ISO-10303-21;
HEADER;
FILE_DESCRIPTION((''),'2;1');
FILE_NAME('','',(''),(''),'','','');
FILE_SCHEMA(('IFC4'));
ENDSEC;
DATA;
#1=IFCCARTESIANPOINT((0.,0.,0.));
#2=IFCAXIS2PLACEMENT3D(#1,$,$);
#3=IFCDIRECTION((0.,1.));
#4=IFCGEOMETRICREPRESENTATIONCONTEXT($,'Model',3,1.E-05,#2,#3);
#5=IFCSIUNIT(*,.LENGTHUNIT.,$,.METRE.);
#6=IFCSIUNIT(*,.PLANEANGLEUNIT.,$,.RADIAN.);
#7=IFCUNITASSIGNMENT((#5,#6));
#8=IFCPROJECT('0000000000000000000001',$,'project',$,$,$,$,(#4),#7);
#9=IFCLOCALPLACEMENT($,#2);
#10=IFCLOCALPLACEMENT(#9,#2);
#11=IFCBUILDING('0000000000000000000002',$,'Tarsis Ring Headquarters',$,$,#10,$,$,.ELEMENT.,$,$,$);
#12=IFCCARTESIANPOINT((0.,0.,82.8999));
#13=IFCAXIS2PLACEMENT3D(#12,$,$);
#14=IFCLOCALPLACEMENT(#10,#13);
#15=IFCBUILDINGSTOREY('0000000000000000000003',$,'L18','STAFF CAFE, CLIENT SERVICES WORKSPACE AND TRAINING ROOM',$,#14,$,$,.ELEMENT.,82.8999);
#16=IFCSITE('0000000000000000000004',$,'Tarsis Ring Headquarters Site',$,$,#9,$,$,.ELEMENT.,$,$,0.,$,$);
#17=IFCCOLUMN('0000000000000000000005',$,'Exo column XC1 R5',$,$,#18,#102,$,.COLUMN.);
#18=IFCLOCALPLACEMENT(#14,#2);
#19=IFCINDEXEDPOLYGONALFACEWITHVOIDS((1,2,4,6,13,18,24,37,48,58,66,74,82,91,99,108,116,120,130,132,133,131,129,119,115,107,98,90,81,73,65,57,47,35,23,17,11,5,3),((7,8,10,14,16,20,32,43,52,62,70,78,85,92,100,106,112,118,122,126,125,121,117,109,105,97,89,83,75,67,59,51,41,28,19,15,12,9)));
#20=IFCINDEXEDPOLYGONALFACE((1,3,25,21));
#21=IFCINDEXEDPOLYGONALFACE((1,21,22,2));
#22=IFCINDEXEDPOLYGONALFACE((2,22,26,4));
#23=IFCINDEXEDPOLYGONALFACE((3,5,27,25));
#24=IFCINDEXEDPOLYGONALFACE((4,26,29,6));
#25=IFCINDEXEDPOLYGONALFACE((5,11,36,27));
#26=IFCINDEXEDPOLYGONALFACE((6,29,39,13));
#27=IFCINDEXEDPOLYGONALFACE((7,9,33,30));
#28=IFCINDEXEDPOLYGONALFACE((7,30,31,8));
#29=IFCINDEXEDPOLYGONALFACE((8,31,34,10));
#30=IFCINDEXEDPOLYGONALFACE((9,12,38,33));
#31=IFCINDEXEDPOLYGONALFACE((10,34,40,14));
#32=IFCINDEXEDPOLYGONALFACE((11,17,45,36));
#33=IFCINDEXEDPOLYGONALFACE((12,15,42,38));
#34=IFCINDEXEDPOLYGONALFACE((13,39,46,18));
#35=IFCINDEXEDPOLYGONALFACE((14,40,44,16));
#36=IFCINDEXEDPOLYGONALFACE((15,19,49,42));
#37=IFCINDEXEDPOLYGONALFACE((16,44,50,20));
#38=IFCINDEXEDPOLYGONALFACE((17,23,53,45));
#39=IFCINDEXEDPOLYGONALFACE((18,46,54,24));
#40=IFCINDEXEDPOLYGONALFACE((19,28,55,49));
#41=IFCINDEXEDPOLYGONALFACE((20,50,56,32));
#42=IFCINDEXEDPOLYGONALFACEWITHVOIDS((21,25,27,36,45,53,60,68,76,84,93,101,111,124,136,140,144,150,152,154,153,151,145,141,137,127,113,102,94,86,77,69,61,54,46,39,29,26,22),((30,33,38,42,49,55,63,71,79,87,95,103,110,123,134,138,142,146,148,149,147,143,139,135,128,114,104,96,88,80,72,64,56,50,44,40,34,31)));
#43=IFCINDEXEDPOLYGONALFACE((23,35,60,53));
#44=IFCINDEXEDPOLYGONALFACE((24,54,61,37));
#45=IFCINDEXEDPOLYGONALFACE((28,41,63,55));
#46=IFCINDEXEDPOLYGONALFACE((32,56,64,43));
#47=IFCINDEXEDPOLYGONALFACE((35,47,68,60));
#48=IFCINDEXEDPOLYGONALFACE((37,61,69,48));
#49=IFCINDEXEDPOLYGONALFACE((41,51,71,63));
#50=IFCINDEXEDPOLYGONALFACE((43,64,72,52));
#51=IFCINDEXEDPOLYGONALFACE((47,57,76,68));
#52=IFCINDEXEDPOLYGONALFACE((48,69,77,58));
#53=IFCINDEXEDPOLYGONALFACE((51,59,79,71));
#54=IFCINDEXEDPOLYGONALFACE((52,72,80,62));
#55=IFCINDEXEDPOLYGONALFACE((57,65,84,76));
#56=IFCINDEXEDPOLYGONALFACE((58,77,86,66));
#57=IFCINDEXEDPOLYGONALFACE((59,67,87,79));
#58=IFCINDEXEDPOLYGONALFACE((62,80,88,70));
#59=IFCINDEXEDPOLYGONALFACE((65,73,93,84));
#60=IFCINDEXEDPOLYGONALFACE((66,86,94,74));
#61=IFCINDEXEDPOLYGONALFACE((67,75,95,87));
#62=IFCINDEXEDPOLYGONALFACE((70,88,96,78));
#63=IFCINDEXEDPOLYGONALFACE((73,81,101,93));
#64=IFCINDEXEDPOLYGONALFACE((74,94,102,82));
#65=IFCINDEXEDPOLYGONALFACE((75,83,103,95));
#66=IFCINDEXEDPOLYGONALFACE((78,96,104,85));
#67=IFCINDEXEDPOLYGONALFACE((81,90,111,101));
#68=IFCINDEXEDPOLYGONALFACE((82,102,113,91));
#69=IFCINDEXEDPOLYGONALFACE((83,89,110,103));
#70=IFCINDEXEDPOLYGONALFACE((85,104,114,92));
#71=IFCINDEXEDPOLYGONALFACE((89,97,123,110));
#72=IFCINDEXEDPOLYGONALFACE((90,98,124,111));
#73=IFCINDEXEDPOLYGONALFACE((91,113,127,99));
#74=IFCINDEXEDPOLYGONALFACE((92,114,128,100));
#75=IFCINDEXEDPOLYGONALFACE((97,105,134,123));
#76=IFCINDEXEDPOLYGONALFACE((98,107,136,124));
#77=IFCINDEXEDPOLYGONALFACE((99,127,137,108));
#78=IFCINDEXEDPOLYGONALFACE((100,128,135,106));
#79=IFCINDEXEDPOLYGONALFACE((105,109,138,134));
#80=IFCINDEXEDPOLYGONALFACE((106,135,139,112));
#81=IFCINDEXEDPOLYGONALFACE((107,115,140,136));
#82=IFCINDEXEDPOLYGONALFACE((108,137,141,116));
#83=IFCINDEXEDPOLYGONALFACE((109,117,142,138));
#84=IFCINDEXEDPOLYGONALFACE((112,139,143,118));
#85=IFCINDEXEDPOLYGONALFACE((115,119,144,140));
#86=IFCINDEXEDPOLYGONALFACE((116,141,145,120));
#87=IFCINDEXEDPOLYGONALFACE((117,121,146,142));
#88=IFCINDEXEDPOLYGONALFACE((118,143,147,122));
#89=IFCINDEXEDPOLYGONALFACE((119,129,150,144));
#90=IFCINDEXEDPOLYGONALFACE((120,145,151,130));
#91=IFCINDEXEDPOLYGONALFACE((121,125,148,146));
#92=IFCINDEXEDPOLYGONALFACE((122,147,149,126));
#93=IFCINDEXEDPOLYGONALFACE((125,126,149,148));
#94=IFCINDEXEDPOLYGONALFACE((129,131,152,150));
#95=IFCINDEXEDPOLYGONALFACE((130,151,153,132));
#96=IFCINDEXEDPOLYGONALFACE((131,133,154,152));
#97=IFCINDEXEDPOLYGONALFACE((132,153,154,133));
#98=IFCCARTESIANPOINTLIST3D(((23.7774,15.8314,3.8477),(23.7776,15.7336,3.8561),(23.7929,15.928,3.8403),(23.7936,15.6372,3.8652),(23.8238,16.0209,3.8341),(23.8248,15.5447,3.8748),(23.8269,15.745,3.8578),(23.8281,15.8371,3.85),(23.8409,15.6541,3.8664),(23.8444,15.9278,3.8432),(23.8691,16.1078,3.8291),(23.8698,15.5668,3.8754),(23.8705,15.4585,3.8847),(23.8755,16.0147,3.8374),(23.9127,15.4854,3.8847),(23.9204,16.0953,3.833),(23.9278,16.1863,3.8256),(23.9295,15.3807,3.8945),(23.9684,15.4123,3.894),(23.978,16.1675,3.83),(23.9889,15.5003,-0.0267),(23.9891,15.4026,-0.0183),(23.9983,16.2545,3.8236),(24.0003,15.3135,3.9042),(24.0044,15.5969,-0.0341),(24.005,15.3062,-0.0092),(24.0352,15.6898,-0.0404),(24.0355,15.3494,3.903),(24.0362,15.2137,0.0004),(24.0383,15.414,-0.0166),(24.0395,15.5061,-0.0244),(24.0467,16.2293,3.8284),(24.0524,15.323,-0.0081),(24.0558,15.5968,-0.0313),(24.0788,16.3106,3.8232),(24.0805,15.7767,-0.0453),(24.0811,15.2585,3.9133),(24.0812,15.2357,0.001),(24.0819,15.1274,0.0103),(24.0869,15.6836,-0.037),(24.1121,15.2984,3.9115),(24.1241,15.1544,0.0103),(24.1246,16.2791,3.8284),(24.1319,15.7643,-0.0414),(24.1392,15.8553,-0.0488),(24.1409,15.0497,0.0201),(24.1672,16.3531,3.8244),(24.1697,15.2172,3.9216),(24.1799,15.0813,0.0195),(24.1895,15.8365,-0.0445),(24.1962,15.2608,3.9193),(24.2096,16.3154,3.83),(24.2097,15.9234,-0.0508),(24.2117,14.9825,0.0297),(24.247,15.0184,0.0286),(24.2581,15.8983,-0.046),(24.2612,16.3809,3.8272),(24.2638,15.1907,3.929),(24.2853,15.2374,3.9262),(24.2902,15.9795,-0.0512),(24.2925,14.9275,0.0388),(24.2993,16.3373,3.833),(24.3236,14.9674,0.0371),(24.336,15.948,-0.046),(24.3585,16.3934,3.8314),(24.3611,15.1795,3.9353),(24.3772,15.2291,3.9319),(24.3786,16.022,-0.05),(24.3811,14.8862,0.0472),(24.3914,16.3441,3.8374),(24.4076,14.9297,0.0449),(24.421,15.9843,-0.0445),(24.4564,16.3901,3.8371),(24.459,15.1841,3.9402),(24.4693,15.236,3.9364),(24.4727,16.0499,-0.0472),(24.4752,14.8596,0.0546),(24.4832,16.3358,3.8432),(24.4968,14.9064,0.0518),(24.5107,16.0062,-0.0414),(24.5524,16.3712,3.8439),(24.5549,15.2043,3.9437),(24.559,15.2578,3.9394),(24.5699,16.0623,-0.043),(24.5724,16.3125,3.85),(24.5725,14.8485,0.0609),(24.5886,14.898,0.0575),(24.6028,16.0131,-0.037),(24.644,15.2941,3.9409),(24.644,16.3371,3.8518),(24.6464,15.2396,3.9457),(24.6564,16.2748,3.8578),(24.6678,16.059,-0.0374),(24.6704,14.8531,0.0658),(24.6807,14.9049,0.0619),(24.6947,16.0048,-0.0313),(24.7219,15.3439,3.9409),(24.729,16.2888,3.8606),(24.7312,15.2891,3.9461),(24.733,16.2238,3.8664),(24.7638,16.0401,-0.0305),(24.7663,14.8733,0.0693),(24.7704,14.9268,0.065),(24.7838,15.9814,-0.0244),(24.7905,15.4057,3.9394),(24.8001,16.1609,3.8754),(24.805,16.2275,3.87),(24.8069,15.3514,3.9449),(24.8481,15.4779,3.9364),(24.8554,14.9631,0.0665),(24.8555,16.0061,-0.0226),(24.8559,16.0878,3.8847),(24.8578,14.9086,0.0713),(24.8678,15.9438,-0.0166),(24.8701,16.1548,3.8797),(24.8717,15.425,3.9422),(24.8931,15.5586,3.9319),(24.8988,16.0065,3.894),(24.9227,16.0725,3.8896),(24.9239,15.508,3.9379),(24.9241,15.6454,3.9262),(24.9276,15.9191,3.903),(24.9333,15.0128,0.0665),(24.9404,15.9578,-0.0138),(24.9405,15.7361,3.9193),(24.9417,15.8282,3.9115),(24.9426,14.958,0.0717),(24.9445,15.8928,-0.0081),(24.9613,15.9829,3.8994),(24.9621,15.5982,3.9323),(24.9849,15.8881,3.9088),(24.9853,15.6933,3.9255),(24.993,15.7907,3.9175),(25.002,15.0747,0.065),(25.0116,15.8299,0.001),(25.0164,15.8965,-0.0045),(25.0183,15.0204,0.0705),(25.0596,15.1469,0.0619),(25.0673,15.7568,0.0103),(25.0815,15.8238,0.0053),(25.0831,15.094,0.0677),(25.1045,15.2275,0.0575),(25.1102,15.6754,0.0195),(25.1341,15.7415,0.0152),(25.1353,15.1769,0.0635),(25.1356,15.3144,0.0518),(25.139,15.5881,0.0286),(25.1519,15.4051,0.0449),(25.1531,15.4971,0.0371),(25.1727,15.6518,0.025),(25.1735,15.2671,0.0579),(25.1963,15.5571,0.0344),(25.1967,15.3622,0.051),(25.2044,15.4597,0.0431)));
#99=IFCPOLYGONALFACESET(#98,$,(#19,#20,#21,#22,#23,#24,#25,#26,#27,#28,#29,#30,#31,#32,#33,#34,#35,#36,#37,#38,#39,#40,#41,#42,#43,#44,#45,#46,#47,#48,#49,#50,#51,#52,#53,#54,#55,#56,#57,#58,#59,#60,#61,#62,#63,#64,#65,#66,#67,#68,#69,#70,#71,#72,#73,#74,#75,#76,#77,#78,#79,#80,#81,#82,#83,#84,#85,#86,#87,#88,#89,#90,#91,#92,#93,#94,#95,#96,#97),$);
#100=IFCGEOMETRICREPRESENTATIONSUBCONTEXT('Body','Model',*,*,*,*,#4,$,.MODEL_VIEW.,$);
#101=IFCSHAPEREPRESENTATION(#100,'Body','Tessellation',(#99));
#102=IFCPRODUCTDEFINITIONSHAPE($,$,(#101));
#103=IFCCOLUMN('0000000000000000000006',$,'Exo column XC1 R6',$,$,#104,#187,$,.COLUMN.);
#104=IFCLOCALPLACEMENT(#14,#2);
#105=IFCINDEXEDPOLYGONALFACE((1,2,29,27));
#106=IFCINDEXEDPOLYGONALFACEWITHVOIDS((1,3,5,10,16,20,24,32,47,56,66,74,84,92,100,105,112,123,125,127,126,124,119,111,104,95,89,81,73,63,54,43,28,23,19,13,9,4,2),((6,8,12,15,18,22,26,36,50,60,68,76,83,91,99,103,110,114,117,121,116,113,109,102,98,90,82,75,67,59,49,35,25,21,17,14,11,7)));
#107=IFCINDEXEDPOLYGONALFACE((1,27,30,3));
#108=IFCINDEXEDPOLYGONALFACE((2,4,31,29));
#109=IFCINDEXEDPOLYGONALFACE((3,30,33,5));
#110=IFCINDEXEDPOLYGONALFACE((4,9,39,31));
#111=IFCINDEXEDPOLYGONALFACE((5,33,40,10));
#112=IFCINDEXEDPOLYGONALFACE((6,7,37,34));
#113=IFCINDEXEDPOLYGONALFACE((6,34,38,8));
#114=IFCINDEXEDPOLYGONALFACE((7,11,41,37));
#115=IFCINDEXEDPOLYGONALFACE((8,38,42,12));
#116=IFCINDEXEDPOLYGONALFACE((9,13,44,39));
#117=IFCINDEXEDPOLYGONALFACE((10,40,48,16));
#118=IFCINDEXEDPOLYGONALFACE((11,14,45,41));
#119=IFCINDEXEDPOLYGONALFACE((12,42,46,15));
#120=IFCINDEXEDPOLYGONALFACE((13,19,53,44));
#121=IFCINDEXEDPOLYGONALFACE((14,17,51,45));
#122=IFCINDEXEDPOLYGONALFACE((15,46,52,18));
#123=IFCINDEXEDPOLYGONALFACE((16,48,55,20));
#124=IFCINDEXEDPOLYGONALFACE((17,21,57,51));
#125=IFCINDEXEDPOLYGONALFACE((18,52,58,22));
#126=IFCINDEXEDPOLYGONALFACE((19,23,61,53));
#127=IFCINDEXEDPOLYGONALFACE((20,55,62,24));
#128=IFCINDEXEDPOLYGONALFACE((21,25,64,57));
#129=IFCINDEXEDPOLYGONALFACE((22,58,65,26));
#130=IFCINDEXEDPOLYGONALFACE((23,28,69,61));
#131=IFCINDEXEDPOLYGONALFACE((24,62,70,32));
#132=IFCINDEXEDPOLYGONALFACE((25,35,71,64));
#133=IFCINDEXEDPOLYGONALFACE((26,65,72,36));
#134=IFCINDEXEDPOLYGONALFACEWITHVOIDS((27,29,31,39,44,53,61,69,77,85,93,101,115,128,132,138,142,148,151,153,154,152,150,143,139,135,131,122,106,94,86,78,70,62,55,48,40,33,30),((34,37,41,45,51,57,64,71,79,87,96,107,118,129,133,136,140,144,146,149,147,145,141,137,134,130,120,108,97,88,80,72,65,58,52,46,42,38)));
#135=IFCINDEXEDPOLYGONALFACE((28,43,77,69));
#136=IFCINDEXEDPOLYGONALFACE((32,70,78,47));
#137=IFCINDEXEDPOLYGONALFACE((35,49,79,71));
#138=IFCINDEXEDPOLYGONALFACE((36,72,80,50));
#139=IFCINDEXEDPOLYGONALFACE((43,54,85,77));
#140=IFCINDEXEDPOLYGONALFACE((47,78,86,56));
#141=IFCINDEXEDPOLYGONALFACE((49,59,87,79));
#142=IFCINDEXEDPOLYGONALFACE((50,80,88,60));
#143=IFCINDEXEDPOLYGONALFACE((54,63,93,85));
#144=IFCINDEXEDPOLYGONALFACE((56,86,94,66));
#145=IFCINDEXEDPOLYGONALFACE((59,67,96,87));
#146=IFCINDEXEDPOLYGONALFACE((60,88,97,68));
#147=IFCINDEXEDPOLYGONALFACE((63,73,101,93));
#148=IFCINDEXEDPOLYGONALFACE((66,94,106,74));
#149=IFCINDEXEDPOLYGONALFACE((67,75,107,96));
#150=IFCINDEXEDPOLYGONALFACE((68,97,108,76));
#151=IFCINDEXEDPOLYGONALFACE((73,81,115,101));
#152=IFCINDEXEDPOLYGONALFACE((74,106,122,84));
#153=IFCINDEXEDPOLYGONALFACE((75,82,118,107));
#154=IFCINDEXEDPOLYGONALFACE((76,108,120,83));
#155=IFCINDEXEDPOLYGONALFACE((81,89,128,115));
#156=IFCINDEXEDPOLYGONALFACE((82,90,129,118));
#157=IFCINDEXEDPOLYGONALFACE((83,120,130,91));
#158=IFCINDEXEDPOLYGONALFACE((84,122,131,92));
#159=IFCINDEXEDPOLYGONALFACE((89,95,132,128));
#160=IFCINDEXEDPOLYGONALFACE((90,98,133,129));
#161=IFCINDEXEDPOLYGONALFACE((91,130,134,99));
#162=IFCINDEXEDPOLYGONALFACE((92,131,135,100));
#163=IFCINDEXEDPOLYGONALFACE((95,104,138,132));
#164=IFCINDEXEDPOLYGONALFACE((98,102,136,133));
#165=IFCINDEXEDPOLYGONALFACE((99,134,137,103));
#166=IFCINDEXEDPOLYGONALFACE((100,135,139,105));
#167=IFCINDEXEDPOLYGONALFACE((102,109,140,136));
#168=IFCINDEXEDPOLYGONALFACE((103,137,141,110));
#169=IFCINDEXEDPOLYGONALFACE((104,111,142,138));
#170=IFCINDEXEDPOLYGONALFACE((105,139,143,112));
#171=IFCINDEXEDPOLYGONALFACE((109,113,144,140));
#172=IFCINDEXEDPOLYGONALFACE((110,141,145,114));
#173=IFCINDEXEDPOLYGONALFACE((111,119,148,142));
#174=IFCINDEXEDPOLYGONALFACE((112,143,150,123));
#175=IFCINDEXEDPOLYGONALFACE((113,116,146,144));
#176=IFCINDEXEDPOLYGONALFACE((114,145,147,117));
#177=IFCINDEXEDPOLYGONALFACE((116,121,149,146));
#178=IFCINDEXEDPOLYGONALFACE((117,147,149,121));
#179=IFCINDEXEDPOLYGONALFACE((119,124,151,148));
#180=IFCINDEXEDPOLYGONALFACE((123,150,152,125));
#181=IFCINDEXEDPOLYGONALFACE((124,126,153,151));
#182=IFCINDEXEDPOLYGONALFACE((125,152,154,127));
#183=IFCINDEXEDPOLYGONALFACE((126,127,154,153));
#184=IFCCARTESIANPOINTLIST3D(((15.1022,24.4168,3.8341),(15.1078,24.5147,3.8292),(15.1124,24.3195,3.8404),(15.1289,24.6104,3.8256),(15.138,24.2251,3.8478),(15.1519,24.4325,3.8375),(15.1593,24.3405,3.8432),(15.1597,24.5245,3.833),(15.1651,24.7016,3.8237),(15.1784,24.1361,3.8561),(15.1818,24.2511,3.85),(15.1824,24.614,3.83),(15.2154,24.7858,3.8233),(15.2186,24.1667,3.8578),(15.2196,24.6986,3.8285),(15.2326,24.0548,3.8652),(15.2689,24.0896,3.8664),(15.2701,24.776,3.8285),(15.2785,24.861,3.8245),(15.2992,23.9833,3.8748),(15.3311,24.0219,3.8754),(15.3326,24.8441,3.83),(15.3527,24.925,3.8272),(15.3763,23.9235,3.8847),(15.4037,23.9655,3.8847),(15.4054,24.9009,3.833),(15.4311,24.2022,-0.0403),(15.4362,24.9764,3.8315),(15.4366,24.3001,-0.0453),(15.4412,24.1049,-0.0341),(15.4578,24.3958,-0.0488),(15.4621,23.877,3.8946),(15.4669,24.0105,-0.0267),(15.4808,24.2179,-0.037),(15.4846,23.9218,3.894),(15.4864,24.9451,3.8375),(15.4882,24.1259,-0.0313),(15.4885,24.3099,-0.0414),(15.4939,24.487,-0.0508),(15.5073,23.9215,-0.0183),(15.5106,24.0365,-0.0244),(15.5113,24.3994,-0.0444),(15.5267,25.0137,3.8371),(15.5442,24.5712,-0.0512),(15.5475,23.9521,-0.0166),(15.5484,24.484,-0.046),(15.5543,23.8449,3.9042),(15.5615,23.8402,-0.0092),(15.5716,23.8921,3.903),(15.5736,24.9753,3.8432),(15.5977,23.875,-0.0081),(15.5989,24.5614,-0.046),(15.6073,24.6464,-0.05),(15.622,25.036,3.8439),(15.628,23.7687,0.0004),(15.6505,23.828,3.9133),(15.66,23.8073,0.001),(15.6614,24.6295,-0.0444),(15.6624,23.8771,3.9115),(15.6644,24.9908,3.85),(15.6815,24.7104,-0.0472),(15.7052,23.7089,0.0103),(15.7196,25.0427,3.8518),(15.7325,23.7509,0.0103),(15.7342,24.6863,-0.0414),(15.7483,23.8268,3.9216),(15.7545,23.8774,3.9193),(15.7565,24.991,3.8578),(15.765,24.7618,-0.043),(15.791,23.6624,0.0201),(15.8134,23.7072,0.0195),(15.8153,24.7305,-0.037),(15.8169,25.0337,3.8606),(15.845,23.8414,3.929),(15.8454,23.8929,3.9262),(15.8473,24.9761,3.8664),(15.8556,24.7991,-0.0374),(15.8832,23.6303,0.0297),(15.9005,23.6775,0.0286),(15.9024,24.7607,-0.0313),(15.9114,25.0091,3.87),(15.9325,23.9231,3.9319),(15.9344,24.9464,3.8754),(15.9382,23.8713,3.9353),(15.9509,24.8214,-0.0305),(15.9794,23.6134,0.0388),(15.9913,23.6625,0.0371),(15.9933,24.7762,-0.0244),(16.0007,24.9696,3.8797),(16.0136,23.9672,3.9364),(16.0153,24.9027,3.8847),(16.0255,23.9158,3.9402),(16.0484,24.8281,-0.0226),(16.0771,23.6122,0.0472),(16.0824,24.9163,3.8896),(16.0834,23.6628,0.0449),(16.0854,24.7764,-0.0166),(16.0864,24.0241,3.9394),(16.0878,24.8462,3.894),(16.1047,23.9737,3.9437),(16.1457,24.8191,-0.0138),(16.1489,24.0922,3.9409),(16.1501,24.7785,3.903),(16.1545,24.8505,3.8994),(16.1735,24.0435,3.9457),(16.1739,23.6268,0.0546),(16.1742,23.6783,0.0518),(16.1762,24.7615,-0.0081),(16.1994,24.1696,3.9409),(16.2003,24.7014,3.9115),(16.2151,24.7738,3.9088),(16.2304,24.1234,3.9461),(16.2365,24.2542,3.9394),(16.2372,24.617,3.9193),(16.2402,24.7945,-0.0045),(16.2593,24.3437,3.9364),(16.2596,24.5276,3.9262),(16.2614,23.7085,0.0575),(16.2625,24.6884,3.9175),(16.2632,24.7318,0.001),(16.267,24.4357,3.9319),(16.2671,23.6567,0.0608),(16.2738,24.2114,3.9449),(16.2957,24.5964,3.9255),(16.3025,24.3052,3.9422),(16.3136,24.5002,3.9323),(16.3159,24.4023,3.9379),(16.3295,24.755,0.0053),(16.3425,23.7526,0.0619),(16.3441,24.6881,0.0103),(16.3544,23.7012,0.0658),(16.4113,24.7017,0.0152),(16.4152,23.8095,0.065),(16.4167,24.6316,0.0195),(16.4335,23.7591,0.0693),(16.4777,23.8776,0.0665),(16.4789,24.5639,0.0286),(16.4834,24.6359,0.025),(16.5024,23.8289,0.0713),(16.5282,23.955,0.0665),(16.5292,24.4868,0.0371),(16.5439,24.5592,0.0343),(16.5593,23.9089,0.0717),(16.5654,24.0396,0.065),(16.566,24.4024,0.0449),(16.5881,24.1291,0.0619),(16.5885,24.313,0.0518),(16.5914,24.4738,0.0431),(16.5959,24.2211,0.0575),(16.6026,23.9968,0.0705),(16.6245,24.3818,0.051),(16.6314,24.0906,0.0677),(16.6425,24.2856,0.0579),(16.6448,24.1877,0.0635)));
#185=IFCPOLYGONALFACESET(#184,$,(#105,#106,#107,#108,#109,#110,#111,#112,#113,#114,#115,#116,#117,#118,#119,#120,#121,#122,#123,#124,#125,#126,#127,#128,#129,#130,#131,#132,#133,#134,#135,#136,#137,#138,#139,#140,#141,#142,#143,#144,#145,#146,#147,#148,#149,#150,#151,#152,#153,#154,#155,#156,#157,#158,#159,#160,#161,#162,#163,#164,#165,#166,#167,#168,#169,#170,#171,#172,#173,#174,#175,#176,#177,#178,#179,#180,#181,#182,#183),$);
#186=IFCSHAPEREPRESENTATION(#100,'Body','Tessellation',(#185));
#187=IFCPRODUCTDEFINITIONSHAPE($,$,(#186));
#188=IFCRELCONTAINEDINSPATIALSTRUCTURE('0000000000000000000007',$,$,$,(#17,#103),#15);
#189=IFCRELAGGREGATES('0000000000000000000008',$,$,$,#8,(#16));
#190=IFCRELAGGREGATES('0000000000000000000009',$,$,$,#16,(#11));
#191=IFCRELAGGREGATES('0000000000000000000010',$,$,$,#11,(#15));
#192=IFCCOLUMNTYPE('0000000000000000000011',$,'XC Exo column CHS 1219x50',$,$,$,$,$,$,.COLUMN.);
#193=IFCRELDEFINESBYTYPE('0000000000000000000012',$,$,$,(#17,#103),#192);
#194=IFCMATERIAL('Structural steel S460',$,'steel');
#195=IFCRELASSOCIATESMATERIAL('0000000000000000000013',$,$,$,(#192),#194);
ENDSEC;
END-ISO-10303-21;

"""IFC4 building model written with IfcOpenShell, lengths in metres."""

from ifc_helpers import new_model, si_unit, direction, frame, origin, origin_2d, place, context, subcontext, project, spatial, hollow_circle, extrude, material, material_profile, profile_set, type_object, element, save


model = new_model("IFC4")

# Units and contexts
model_context = context("Model", 3, precision=1e-05, world=origin(), true_north=direction((0.0, 1.0)))
body_context = subcontext(model_context, "Body", "Model", "MODEL_VIEW")
ifc_project = project(units=[si_unit("LENGTHUNIT", "METRE"), si_unit("PLANEANGLEUNIT", "RADIAN")], contexts=[model_context])

# Site, building, storey
site_placement = place(None, origin())
site = spatial("IfcSite", under=ifc_project, at=site_placement, Name="Tarsis Ring Headquarters Site", CompositionType="ELEMENT", RefElevation=0.0)
building_placement = place(site_placement, origin())
building = spatial("IfcBuilding", under=site, at=building_placement, Name="Tarsis Ring Headquarters", CompositionType="ELEMENT")
storey_placement = place(building_placement, frame((0.0, 0.0, 82.8999)))
storey = spatial("IfcBuildingStorey", under=building, at=storey_placement, Name="L18", Description="STAFF CAFE, CLIENT SERVICES WORKSPACE AND TRAINING ROOM", CompositionType="ELEMENT", Elevation=82.8999)

# Columns
ifc_material_1 = material(Name="Structural steel S460", Category="steel")
ifc_material_profile_1 = material_profile(ifc_material_1, hollow_circle(Radius=0.6096, WallThickness=0.05, at=origin_2d()), Name="CHS 1219x50")
ifc_profile_set_1 = profile_set([ifc_material_profile_1], Name="Structural steel S460")
column_type = type_object("IfcColumnType", Name="XC Exo column CHS 1219x50", PredefinedType="COLUMN", material=ifc_profile_set_1)
for number, where, z_axis, x_axis, name in (
    (1, (24.5957, 15.4556, 0.0103), (-0.05429, 0.085008, 0.9949), (-0.84279, -0.538242, 0.0), "Exo column XC1 R5"),
    (2, (16.0383, 24.2195, 0.0103), (-0.084445, 0.055105, 0.994903), (-0.546495, -0.837462, 0.0), "Exo column XC1 R6"),
):
    element("IfcColumn", number, at=place(storey_placement, frame(where, z_axis=z_axis, x_axis=x_axis)), inside=storey, type_object=column_type, Name=name, PredefinedType="COLUMN", context=body_context, shape_type="SweptSolid", body=[
        extrude(hollow_circle(Radius=0.6096, WallThickness=0.05, at=origin_2d()), origin(), (0.0, 0.0, 1.0), 3.8943),
    ])

save(model, "model.ifc")
